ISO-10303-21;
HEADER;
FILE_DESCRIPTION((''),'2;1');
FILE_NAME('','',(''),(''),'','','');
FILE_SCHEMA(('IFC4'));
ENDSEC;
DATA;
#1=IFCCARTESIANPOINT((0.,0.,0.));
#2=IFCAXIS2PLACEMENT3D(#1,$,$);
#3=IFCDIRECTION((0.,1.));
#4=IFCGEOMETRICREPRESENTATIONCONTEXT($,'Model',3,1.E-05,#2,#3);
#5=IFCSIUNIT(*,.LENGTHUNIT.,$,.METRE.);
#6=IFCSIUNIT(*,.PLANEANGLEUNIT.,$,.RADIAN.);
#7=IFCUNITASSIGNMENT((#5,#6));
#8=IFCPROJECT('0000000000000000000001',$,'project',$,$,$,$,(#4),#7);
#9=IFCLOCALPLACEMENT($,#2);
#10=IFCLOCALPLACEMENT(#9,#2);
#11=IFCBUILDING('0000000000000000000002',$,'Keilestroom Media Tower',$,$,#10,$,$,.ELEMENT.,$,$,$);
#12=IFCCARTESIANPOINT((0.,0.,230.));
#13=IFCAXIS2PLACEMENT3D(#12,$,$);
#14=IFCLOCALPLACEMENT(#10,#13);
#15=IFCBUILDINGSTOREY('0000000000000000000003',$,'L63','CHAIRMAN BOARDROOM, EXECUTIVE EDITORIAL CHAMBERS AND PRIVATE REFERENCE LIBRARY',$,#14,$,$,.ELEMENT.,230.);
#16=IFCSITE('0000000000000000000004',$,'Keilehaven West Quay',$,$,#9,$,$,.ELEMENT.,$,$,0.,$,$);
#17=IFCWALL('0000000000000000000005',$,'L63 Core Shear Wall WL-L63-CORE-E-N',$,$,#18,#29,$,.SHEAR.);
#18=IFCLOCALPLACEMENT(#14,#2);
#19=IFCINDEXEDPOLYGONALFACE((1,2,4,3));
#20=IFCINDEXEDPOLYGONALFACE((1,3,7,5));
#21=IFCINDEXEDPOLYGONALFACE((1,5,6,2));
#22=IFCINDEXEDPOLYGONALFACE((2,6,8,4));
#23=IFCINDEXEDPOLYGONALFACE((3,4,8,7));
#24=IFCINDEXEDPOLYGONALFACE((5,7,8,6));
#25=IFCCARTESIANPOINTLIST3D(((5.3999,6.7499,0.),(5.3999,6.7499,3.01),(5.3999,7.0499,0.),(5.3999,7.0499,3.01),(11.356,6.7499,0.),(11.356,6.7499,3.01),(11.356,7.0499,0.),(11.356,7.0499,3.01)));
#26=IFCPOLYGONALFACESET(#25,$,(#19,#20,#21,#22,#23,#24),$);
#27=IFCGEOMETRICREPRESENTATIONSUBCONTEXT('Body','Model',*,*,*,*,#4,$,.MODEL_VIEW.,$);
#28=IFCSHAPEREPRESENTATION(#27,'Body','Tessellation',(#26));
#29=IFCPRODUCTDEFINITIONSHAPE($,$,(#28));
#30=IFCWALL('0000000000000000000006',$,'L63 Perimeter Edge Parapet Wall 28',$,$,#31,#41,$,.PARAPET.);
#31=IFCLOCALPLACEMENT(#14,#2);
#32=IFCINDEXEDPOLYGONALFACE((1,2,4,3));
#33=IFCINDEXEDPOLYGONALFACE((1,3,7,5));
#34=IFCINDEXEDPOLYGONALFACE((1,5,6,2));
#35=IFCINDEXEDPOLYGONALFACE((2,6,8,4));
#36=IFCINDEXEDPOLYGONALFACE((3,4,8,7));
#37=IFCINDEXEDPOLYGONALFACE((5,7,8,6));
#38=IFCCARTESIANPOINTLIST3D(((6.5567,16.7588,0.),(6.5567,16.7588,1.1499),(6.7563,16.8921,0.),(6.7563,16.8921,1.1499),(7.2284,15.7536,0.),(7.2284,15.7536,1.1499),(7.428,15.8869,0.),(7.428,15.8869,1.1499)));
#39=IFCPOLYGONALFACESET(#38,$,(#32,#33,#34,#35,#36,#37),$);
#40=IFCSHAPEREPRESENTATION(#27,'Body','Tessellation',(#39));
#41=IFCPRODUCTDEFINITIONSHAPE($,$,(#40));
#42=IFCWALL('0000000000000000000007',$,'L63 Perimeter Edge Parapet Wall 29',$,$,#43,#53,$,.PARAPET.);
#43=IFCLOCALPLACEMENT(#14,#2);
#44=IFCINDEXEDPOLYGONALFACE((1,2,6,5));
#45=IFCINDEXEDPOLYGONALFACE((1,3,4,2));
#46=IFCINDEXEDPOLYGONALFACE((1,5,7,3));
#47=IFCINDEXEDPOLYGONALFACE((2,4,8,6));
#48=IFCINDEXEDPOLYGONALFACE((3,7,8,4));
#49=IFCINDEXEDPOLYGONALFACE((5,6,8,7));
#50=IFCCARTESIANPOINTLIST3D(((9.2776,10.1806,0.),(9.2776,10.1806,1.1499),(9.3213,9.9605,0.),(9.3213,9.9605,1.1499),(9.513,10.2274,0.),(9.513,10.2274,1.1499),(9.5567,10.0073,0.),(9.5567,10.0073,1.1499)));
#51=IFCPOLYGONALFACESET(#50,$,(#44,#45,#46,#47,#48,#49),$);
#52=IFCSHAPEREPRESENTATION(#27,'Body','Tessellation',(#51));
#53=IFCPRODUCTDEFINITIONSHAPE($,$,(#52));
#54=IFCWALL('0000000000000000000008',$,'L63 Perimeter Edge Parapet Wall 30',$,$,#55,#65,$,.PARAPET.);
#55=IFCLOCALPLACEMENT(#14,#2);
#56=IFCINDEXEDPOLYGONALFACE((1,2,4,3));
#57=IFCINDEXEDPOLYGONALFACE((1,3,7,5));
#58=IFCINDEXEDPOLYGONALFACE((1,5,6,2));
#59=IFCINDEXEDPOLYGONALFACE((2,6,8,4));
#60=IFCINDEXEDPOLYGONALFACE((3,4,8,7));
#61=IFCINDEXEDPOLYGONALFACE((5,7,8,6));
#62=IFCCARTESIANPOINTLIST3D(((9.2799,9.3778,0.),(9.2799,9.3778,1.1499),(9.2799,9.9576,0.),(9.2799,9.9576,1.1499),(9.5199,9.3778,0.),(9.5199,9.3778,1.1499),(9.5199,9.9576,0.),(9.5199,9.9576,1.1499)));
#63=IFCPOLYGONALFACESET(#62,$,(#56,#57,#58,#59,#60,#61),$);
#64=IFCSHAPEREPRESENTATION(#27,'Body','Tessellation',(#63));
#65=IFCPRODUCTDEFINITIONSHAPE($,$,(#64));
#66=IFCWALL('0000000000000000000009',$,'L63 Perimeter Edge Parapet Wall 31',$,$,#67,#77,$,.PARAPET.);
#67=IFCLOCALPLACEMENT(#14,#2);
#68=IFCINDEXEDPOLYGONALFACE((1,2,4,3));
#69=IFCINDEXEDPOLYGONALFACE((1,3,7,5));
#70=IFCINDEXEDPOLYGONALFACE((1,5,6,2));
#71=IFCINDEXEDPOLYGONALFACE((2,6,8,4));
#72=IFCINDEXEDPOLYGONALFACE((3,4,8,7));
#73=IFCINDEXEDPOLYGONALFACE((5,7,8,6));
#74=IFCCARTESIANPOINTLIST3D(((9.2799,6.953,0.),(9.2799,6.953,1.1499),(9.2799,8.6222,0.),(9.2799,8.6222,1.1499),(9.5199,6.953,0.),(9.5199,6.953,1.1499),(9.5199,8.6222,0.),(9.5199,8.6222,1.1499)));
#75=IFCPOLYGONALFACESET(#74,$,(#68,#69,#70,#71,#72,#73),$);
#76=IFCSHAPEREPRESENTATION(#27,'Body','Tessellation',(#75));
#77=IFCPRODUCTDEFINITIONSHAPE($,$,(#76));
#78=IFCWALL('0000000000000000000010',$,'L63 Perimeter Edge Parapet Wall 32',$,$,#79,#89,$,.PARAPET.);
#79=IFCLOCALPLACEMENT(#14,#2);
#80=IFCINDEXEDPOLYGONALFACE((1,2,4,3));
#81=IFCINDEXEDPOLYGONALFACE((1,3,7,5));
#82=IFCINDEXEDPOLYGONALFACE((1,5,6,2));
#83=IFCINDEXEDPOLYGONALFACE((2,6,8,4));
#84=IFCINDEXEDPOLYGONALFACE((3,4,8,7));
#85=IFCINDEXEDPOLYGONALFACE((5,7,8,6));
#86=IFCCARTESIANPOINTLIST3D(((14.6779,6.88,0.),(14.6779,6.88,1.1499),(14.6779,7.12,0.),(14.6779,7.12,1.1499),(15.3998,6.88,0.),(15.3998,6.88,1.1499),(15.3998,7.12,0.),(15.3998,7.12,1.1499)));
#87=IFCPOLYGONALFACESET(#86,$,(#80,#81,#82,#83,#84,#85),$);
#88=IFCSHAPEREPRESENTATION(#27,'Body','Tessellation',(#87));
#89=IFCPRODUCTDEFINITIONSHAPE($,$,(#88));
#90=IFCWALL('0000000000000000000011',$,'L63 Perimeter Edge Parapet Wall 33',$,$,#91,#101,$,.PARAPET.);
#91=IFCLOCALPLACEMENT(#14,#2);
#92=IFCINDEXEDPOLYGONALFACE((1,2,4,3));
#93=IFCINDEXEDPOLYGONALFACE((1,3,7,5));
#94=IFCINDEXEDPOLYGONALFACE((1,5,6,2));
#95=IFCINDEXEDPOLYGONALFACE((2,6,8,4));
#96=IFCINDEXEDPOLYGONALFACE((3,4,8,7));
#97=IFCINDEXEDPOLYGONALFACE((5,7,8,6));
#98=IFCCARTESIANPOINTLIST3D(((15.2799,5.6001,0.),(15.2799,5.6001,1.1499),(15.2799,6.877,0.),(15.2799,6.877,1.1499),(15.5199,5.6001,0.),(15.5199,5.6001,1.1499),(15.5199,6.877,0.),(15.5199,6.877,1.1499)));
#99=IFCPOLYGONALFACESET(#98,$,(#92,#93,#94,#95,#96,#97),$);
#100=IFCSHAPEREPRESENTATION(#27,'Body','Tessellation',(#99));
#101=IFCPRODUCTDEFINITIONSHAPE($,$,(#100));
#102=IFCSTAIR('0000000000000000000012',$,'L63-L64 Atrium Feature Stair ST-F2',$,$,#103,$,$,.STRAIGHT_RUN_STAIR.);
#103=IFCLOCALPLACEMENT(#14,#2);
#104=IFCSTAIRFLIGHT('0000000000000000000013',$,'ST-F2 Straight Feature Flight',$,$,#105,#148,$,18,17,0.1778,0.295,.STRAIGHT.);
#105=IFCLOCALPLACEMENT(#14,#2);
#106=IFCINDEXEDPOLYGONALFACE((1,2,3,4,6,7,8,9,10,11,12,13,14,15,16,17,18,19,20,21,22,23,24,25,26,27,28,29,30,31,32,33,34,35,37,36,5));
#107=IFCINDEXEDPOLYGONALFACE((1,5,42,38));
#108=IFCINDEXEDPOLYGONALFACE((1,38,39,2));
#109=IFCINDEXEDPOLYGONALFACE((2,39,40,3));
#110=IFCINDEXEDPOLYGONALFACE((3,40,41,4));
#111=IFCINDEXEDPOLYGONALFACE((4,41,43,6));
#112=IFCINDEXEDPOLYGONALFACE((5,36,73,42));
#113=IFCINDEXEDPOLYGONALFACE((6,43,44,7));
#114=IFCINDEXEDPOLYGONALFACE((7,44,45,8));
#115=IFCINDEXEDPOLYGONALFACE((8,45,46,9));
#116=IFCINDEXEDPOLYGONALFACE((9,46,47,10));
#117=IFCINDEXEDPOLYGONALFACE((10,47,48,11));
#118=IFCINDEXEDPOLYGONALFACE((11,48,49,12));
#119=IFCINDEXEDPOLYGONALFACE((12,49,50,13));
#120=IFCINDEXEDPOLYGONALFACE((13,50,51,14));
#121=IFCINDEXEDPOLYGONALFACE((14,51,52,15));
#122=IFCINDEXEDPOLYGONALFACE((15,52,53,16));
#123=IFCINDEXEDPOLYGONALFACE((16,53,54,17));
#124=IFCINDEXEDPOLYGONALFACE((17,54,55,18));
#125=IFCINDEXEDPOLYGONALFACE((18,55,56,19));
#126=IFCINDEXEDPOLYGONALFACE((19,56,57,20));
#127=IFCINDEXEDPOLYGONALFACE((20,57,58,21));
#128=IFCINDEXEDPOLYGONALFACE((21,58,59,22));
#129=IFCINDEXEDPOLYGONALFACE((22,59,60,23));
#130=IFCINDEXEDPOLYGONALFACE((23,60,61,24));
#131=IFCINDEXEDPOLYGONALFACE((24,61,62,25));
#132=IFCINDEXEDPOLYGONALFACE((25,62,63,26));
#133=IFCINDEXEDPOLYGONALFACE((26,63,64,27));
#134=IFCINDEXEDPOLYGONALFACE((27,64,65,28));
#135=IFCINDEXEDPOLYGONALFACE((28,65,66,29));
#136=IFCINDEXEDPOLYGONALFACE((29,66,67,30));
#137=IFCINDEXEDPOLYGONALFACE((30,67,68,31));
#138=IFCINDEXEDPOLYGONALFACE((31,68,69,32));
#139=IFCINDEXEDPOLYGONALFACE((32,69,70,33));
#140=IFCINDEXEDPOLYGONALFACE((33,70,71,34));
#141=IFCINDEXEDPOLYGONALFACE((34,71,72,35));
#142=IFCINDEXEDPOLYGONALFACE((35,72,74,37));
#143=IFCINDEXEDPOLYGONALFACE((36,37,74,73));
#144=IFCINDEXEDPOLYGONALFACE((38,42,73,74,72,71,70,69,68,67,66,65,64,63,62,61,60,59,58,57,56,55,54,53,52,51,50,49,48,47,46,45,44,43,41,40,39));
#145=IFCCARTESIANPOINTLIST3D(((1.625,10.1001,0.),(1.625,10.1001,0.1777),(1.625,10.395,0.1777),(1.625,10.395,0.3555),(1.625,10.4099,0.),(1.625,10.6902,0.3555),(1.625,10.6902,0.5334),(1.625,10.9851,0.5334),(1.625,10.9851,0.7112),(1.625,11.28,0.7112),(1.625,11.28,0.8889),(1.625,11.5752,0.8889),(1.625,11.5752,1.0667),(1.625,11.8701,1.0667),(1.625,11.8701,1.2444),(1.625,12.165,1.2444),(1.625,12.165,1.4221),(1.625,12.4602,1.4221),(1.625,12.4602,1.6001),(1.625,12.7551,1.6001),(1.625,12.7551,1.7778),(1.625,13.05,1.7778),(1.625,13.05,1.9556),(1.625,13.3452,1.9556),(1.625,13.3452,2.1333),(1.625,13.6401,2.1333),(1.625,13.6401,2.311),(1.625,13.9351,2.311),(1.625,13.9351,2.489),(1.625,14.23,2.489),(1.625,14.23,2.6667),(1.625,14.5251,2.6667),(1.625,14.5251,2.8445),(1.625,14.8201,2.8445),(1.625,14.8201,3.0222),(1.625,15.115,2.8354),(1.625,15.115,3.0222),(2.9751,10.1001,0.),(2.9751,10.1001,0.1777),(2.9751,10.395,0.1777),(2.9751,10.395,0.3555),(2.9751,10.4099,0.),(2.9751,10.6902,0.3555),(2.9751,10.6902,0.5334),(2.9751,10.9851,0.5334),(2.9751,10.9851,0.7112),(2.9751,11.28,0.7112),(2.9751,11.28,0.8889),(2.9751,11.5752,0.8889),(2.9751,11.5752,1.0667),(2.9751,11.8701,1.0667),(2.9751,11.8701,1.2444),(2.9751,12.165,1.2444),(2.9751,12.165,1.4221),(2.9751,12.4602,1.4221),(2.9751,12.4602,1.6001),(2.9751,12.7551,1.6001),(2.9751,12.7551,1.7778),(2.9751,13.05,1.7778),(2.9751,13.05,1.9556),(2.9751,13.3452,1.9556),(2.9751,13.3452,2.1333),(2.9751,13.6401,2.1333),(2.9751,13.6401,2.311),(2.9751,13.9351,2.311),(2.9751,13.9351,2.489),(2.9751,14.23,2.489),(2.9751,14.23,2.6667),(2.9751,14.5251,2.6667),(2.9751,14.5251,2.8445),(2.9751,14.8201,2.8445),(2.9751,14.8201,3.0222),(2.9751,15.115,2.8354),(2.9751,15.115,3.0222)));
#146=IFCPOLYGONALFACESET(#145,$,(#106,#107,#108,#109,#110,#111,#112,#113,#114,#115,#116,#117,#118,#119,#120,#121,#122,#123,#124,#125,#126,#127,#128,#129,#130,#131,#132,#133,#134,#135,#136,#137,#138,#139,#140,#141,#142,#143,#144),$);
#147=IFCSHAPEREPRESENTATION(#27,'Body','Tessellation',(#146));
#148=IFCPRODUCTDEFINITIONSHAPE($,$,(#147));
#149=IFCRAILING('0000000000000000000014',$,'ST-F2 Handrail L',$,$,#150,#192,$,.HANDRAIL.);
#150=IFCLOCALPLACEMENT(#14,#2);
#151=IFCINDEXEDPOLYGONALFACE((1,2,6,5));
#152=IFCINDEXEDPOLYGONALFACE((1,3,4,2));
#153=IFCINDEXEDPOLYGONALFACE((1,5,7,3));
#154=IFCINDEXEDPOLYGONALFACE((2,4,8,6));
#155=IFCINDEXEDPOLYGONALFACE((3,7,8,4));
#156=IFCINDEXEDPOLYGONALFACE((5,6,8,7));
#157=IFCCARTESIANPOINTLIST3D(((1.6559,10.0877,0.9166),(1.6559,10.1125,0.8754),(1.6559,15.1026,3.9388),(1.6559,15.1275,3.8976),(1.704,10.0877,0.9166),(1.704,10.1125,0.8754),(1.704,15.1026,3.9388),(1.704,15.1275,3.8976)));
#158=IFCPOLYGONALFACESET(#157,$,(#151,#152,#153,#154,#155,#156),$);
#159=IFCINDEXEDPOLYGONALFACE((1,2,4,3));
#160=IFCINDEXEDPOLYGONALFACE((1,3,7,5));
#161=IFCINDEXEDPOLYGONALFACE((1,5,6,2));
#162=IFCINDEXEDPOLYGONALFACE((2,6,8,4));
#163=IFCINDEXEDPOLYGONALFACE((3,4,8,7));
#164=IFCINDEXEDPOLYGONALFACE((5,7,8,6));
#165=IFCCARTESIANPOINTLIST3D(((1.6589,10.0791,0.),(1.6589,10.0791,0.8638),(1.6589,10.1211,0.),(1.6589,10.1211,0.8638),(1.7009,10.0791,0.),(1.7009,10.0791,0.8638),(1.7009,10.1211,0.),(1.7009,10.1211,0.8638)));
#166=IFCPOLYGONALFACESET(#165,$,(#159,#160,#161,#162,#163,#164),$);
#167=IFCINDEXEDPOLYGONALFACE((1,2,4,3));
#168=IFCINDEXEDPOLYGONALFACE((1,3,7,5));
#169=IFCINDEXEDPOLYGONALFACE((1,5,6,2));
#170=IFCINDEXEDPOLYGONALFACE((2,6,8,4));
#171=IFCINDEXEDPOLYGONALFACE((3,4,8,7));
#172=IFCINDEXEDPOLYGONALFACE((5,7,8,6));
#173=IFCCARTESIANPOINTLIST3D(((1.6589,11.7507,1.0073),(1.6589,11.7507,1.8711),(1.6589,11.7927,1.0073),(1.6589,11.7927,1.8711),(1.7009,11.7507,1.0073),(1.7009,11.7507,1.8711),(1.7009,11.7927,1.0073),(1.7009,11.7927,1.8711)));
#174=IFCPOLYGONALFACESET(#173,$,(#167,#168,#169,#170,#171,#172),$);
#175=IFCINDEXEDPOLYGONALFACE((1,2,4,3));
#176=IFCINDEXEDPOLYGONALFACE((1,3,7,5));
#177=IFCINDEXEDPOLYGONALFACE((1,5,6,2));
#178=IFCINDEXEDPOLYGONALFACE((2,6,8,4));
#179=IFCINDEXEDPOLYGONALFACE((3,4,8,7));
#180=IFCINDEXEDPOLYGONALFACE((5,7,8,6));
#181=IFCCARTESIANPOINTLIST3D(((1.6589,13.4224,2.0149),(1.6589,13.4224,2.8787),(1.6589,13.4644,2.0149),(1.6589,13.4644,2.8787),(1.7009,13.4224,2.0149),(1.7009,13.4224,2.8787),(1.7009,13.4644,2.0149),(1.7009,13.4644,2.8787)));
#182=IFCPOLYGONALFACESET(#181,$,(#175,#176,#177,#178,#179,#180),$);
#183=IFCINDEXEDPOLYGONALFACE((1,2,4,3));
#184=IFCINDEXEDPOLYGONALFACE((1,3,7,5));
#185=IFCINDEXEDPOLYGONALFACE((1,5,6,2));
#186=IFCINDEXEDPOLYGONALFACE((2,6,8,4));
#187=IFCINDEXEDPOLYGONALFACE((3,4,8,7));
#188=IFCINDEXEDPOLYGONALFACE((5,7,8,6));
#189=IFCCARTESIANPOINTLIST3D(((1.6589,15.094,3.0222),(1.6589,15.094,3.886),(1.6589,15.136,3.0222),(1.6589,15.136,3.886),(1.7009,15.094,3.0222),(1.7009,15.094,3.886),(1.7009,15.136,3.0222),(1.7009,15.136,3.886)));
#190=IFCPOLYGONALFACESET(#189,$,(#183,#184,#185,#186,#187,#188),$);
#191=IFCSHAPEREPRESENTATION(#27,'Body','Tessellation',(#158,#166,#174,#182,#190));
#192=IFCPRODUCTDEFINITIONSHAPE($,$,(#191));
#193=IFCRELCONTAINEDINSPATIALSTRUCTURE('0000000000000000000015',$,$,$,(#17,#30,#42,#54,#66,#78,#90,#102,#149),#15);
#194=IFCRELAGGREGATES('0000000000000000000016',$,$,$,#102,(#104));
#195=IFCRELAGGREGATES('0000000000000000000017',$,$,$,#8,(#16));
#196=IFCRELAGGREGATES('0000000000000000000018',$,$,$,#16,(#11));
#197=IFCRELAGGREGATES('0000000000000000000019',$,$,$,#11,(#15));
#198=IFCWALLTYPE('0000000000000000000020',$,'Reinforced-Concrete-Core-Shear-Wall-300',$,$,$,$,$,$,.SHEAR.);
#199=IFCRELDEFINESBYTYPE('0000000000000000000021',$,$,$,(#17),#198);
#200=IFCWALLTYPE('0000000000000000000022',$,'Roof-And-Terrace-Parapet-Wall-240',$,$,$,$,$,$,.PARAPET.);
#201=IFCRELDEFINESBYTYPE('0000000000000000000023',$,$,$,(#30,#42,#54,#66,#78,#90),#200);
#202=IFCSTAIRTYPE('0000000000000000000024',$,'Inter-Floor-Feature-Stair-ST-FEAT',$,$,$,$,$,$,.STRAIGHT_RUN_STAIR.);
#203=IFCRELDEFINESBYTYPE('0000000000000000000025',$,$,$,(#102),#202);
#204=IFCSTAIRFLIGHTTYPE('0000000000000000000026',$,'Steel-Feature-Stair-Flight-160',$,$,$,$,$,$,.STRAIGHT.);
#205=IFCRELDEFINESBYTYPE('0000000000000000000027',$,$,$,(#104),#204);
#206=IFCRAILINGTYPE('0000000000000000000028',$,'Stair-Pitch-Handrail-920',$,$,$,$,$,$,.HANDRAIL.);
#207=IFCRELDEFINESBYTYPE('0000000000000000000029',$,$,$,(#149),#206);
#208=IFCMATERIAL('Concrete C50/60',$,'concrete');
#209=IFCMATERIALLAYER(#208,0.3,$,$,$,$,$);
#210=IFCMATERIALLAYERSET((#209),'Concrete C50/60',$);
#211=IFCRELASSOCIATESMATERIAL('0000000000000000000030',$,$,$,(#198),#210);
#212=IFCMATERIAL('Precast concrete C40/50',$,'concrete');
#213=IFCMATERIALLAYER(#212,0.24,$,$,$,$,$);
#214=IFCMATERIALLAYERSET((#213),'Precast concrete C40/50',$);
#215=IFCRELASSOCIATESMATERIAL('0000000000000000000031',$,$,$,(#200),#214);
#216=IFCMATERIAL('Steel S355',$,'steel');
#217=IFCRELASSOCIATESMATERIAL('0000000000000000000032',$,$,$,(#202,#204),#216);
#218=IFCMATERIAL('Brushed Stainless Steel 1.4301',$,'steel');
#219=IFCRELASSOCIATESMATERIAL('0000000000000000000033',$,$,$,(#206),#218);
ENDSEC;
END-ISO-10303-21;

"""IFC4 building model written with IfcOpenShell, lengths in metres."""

from ifc_helpers import new_model, si_unit, direction, frame, frame_2d, origin, origin_2d, place, context, subcontext, project, spatial, polyline, rectangle, outline, extrude, material, layer, layer_set, type_object, element, aggregate, save


model = new_model("IFC4")

# Units and contexts
model_context = context("Model", 3, precision=1e-05, world=origin(), true_north=direction((0.0, 1.0)))
body_context = subcontext(model_context, "Body", "Model", "MODEL_VIEW")
ifc_project = project(units=[si_unit("LENGTHUNIT", "METRE"), si_unit("PLANEANGLEUNIT", "RADIAN")], contexts=[model_context])

# Site, building, storey
site_placement = place(None, origin())
site = spatial("IfcSite", under=ifc_project, at=site_placement, Name="Keilehaven West Quay", CompositionType="ELEMENT", RefElevation=0.0)
building_placement = place(site_placement, origin())
building = spatial("IfcBuilding", under=site, at=building_placement, Name="Keilestroom Media Tower", CompositionType="ELEMENT")
storey_placement = place(building_placement, frame((0.0, 0.0, 230.0)))
storey = spatial("IfcBuildingStorey", under=building, at=storey_placement, Name="L63", Description="CHAIRMAN BOARDROOM, EXECUTIVE EDITORIAL CHAMBERS AND PRIVATE REFERENCE LIBRARY", CompositionType="ELEMENT", Elevation=230.0)

# Shared definitions
ifc_material_1 = material(Name="Precast concrete C40/50", Category="concrete")
ifc_material_2 = material(Name="Concrete C50/60", Category="concrete")
ifc_material_3 = material(Name="Steel S355", Category="steel")

# Walls
ifc_layer_1 = layer(ifc_material_2, 0.3)
ifc_layer_set_1 = layer_set([ifc_layer_1], Name="Concrete C50/60")
wall_type_1 = type_object("IfcWallType", Name="Reinforced-Concrete-Core-Shear-Wall-300", PredefinedType="SHEAR", material=ifc_layer_set_1)
wall_1_placement = place(storey_placement, frame((5.3999, 6.8999, 0.0), z_axis=(0.0, 0.0, 1.0), x_axis=(1.0, 0.0, 0.0)))
element("IfcWall", 1, at=wall_1_placement, inside=storey, type_object=wall_type_1, Name="L63 Core Shear Wall WL-L63-CORE-E-N", PredefinedType="SHEAR", context=body_context, shape_type="SweptSolid", body=[
    extrude(rectangle(XDim=5.9561, YDim=0.3, at=frame_2d((2.978, 0.0))), origin(), (0.0, 0.0, 1.0), 3.01),
])
ifc_layer_2 = layer(ifc_material_1, 0.24)
ifc_layer_set_2 = layer_set([ifc_layer_2], Name="Precast concrete C40/50")
wall_type_2 = type_object("IfcWallType", Name="Roof-And-Terrace-Parapet-Wall-240", PredefinedType="PARAPET", material=ifc_layer_set_2)
wall_2_placement = place(storey_placement, frame((6.6565, 16.8254, 0.0), z_axis=(0.0, 0.0, 1.0), x_axis=(0.555585, -0.831459, 0.0)))
element("IfcWall", 2, at=wall_2_placement, inside=storey, type_object=wall_type_2, Name="L63 Perimeter Edge Parapet Wall 28", PredefinedType="PARAPET", context=body_context, shape_type="SweptSolid", body=[
    extrude(rectangle(XDim=1.209, YDim=0.24, at=frame_2d((0.6045, 0.0))), origin(), (0.0, 0.0, 1.0), 1.1499),
])
wall_3_placement = place(storey_placement, frame((9.3953, 10.2041, 0.0), z_axis=(0.0, 0.0, 1.0), x_axis=(0.19486, -0.980831, 0.0)))
element("IfcWall", 3, at=wall_3_placement, inside=storey, type_object=wall_type_2, Name="L63 Perimeter Edge Parapet Wall 29", PredefinedType="PARAPET", context=body_context, shape_type="SweptSolid", body=[
    extrude(rectangle(XDim=0.2244, YDim=0.24, at=frame_2d((0.1123, 0.0))), origin(), (0.0, 0.0, 1.0), 1.1499),
])
wall_4_placement = place(storey_placement, frame((9.3999, 9.9578, 0.0), z_axis=(0.0, 0.0, 1.0), x_axis=(0.0, -1.0, 0.0)))
element("IfcWall", 4, at=wall_4_placement, inside=storey, type_object=wall_type_2, Name="L63 Perimeter Edge Parapet Wall 30", PredefinedType="PARAPET", context=body_context, shape_type="SweptSolid", body=[
    extrude(rectangle(XDim=0.5798, YDim=0.24, at=frame_2d((0.29, 0.0))), origin(), (0.0, 0.0, 1.0), 1.1499),
])
wall_5_placement = place(storey_placement, frame((9.3999, 8.6221, 0.0), z_axis=(0.0, 0.0, 1.0), x_axis=(0.0, -1.0, 0.0)))
element("IfcWall", 5, at=wall_5_placement, inside=storey, type_object=wall_type_2, Name="L63 Perimeter Edge Parapet Wall 31", PredefinedType="PARAPET", context=body_context, shape_type="SweptSolid", body=[
    extrude(rectangle(XDim=1.6692, YDim=0.24, at=frame_2d((0.8345, 0.0))), origin(), (0.0, 0.0, 1.0), 1.1499),
])
wall_6_placement = place(storey_placement, frame((14.678, 7.0, 0.0), z_axis=(0.0, 0.0, 1.0), x_axis=(1.0, 0.0, 0.0)))
element("IfcWall", 6, at=wall_6_placement, inside=storey, type_object=wall_type_2, Name="L63 Perimeter Edge Parapet Wall 32", PredefinedType="PARAPET", context=body_context, shape_type="SweptSolid", body=[
    extrude(rectangle(XDim=0.7219, YDim=0.24, at=frame_2d((0.3608, 0.0))), origin(), (0.0, 0.0, 1.0), 1.1499),
])
wall_7_placement = place(storey_placement, frame((15.3999, 6.877, 0.0), z_axis=(0.0, 0.0, 1.0), x_axis=(0.0, -1.0, 0.0)))
element("IfcWall", 7, at=wall_7_placement, inside=storey, type_object=wall_type_2, Name="L63 Perimeter Edge Parapet Wall 33", PredefinedType="PARAPET", context=body_context, shape_type="SweptSolid", body=[
    extrude(rectangle(XDim=1.2769, YDim=0.24, at=frame_2d((0.6384, 0.0))), origin(), (0.0, 0.0, 1.0), 1.1499),
])

# Stair, stair flight
stair_type = type_object("IfcStairType", Name="Inter-Floor-Feature-Stair-ST-FEAT", PredefinedType="STRAIGHT_RUN_STAIR", material=ifc_material_3)
stair_placement = place(storey_placement, origin())
stair = element("IfcStair", 8, at=stair_placement, inside=storey, type_object=stair_type, Name="L63-L64 Atrium Feature Stair ST-F2", PredefinedType="STRAIGHT_RUN_STAIR")
stair_flight_type = type_object("IfcStairFlightType", Name="Steel-Feature-Stair-Flight-160", PredefinedType="STRAIGHT", material=ifc_material_3)
stair_flight_placement = place(storey_placement, frame((2.3, 10.1001, 0.0), z_axis=(0.0, 0.0, 1.0), x_axis=(0.0, 1.0, 0.0)))
stair_flight = element("IfcStairFlight", 9, at=stair_flight_placement, type_object=stair_flight_type, Name="ST-F2 Straight Feature Flight", NumberOfRisers=18, NumberOfTreads=17, PredefinedType="STRAIGHT", RiserHeight=0.1778, TreadLength=0.295, context=body_context, shape_type="SweptSolid", body=[
    extrude(outline(polyline([(0.0, 0.0), (0.0, 0.1777), (0.2949, 0.1777), (0.2949, 0.3555), (0.5901, 0.3555), (0.5901, 0.5334), (0.885, 0.5334), (0.885, 0.7112), (1.1799, 0.7112), (1.1799, 0.8889), (1.4751, 0.8889), (1.4751, 1.0667), (1.77, 1.0667), (1.77, 1.2444), (2.0649, 1.2444), (2.0649, 1.4221), (2.3601, 1.4221), (2.3601, 1.6001), (2.655, 1.6001), (2.655, 1.7778), (2.95, 1.7778), (2.95, 1.9556), (3.2451, 1.9556), (3.2451, 2.1333), (3.54, 2.1333), (3.54, 2.311), (3.835, 2.311), (3.835, 2.489), (4.1299, 2.489), (4.1299, 2.6667), (4.425, 2.6667), (4.425, 2.8445), (4.72, 2.8445), (4.72, 3.0222), (5.0149, 3.0222), (5.0149, 3.2), (5.0149, 2.8354), (0.3098, 0.0), (0.0, 0.0)])), frame((0.0, 0.675, 0.0), z_axis=(0.0, -1.0, 0.0), x_axis=(1.0, 0.0, 0.0)), (0.0, 0.0, 1.0), 1.3501),
])
aggregate(stair, [stair_flight])

# Railing
ifc_material_4 = material(Name="Brushed Stainless Steel 1.4301", Category="steel")
railing_type = type_object("IfcRailingType", Name="Stair-Pitch-Handrail-920", PredefinedType="HANDRAIL", material=ifc_material_4)
for number, where, name in (
    (10, (1.6799, 10.1001, 0.0), "ST-F2 Handrail L"),
):
    element("IfcRailing", number, at=place(storey_placement, frame(where)), inside=storey, type_object=railing_type, Name=name, PredefinedType="HANDRAIL", context=body_context, shape_type="SweptSolid", body=[
        extrude(rectangle(XDim=0.0481, YDim=0.0481, at=origin_2d()), frame((0.0, 0.0, 0.896), z_axis=(0.0, 0.856491, 0.516163), x_axis=(-1.0, 0.0, 0.0)), (0.0, 0.0, 1.0), 5.8552),
        extrude(rectangle(XDim=0.042, YDim=0.042, at=origin_2d()), origin(), (0.0, 0.0, 1.0), 0.8638),
        extrude(rectangle(XDim=0.042, YDim=0.042, at=origin_2d()), frame((0.0, 1.6716, 1.0073)), (0.0, 0.0, 1.0), 0.8638),
        extrude(rectangle(XDim=0.042, YDim=0.042, at=origin_2d()), frame((0.0, 3.3433, 2.0149)), (0.0, 0.0, 1.0), 0.8638),
        extrude(rectangle(XDim=0.042, YDim=0.042, at=origin_2d()), frame((0.0, 5.0149, 3.0222)), (0.0, 0.0, 1.0), 0.8638),
    ])

save(model, "model.ifc")
